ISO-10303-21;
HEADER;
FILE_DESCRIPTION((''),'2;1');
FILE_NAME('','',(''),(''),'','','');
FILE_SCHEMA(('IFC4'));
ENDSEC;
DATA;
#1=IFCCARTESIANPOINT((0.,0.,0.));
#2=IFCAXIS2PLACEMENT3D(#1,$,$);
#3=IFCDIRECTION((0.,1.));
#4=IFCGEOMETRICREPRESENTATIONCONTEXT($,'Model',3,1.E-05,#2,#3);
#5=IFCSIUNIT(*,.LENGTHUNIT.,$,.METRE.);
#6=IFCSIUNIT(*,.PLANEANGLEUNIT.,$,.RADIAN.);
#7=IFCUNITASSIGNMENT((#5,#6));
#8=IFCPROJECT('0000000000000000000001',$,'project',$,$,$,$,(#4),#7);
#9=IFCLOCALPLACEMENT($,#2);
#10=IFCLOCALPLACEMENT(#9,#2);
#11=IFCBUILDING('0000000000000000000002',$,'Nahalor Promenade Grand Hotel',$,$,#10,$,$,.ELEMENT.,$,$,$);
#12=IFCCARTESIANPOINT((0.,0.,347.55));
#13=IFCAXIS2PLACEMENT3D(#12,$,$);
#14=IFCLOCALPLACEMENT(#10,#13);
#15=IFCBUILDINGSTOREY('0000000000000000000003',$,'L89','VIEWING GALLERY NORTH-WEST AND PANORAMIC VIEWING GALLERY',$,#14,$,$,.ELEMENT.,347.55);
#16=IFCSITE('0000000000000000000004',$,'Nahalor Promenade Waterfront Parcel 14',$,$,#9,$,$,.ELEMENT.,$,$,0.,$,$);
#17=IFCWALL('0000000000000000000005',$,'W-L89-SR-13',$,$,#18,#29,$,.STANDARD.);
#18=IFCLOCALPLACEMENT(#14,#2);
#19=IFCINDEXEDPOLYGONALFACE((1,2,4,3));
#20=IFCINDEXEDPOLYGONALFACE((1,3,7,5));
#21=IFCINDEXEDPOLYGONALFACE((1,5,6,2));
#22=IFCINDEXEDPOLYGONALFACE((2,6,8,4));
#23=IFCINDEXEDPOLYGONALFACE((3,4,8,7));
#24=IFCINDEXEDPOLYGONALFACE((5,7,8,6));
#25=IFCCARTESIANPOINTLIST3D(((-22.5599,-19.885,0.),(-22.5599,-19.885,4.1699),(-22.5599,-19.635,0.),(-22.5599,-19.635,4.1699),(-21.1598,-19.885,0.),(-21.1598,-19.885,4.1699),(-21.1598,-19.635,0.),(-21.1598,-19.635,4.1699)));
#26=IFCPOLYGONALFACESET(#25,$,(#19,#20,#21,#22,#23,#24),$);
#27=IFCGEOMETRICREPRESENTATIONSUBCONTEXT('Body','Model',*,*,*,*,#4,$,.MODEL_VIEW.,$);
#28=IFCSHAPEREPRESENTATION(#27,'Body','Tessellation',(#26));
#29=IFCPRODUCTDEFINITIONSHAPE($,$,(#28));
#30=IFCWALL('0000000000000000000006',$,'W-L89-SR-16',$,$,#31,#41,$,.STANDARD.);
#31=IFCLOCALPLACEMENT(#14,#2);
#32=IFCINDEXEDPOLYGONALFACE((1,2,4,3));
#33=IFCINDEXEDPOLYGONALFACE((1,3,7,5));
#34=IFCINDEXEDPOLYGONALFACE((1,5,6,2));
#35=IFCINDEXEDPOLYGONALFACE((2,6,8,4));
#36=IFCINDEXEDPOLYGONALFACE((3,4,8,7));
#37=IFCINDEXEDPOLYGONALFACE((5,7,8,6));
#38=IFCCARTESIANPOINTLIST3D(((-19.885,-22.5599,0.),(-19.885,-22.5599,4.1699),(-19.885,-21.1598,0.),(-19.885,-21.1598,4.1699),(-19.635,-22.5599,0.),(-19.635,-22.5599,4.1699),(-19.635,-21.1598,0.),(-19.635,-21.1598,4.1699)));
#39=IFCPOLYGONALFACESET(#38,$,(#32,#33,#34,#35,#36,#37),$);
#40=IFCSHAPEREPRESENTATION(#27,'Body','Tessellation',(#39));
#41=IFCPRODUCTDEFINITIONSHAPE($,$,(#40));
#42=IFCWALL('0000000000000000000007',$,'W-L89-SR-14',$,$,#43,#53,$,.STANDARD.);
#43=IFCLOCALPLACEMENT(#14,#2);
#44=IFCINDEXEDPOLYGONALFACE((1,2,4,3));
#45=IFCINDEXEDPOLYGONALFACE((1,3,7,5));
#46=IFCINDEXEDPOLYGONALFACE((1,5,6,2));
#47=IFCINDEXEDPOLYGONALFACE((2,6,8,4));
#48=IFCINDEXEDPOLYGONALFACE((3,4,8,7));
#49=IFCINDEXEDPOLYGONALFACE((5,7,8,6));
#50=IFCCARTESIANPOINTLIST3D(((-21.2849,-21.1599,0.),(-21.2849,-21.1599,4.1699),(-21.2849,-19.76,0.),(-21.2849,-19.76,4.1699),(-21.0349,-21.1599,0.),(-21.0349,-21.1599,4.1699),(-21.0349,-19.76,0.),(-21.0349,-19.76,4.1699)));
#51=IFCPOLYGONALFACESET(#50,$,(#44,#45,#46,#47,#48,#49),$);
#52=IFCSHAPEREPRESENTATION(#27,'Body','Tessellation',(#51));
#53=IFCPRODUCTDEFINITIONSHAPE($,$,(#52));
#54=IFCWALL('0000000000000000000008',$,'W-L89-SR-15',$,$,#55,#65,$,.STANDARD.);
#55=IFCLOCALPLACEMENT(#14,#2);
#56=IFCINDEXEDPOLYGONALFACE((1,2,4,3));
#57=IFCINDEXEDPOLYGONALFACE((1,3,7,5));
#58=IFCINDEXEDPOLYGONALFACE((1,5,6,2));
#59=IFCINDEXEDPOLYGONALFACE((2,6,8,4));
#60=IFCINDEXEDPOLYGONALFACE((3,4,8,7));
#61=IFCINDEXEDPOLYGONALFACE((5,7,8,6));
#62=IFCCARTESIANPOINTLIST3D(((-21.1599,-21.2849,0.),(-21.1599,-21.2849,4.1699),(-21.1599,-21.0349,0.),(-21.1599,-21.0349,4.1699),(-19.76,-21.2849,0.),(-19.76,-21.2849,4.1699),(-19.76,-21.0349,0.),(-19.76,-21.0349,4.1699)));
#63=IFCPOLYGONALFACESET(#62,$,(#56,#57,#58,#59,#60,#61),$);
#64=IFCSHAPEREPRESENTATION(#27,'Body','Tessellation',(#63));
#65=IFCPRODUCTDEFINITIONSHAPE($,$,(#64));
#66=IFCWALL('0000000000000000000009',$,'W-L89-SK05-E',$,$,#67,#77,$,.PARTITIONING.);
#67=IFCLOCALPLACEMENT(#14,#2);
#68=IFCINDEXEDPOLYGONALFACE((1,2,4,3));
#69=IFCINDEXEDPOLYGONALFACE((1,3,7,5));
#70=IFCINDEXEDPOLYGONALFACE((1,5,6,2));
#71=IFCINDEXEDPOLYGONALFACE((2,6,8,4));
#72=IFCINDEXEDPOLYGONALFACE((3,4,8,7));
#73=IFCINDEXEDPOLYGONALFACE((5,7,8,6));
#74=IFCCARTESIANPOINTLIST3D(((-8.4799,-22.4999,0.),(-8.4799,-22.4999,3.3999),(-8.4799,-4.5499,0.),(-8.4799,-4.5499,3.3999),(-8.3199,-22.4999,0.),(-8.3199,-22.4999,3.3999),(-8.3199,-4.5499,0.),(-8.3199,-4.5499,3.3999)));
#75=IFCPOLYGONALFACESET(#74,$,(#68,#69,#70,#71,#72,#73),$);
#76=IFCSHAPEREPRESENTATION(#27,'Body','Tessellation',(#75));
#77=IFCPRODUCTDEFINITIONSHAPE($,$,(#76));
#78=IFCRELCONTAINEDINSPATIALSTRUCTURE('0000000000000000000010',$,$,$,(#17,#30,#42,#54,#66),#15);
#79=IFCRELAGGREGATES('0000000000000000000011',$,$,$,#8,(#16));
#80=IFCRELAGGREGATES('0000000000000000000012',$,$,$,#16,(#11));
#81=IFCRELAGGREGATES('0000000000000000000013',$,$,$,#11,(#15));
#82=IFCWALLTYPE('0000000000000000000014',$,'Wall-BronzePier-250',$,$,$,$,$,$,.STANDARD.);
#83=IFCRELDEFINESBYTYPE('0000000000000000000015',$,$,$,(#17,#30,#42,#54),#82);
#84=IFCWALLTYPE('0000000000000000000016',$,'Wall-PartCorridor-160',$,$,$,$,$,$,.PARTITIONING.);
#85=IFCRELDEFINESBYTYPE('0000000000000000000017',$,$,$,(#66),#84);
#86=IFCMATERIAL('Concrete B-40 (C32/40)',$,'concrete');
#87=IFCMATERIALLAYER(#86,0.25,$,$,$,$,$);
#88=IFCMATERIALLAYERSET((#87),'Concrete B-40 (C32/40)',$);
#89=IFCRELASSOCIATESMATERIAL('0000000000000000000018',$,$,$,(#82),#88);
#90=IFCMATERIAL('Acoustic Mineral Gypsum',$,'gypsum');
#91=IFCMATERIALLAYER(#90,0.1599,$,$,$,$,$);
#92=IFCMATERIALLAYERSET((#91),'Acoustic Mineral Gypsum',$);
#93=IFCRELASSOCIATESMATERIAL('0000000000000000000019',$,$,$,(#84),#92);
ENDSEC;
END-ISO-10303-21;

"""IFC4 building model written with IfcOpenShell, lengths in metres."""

from ifc_helpers import new_model, si_unit, direction, frame, frame_2d, origin, place, context, subcontext, project, spatial, rectangle, extrude, source, transform, mapped, material, layer, layer_set, type_object, element, save


model = new_model("IFC4")

# Units and contexts
model_context = context("Model", 3, precision=1e-05, world=origin(), true_north=direction((0.0, 1.0)))
body_context = subcontext(model_context, "Body", "Model", "MODEL_VIEW")
ifc_project = project(units=[si_unit("LENGTHUNIT", "METRE"), si_unit("PLANEANGLEUNIT", "RADIAN")], contexts=[model_context])

# Site, building, storey
site_placement = place(None, origin())
site = spatial("IfcSite", under=ifc_project, at=site_placement, Name="Nahalor Promenade Waterfront Parcel 14", CompositionType="ELEMENT", RefElevation=0.0)
building_placement = place(site_placement, origin())
building = spatial("IfcBuilding", under=site, at=building_placement, Name="Nahalor Promenade Grand Hotel", CompositionType="ELEMENT")
storey_placement = place(building_placement, frame((0.0, 0.0, 347.55)))
storey = spatial("IfcBuildingStorey", under=building, at=storey_placement, Name="L89", Description="VIEWING GALLERY NORTH-WEST AND PANORAMIC VIEWING GALLERY", CompositionType="ELEMENT", Elevation=347.55)

# Walls
ifc_material_1 = material(Name="Concrete B-40 (C32/40)", Category="concrete")
ifc_layer_1 = layer(ifc_material_1, 0.25)
ifc_layer_set_1 = layer_set([ifc_layer_1], Name="Concrete B-40 (C32/40)")
wall_type_1 = type_object("IfcWallType", Name="Wall-BronzePier-250", PredefinedType="STANDARD", material=ifc_layer_set_1)
shared_shape_1 = source(origin(), body_context, "Body", "SweptSolid", [
    extrude(rectangle(XDim=1.4001, YDim=0.25, at=frame_2d((0.7002, 0.0))), origin(), (0.0, 0.0, 1.0), 4.1699),
])
for number, where, z_axis, x_axis, name in (
    (1, (-22.5601, -19.76, 0.0), (0.0, 0.0, 1.0), (1.0, 0.0, 0.0), "W-L89-SR-13"),
    (2, (-19.76, -22.5601, 0.0), (0.0, 0.0, 1.0), (0.0, 1.0, 0.0), "W-L89-SR-16"),
):
    element("IfcWall", number, at=place(storey_placement, frame(where, z_axis=z_axis, x_axis=x_axis)), inside=storey, type_object=wall_type_1, Name=name, PredefinedType="STANDARD", context=body_context, shape_type="MappedRepresentation", body=[
        mapped(shared_shape_1, transform((0.0, 0.0, 0.0), scale=1.0)),
    ])
shared_shape_2 = source(origin(), body_context, "Body", "SweptSolid", [
    extrude(rectangle(XDim=1.3999, YDim=0.25, at=frame_2d((0.7, 0.0))), origin(), (0.0, 0.0, 1.0), 4.1699),
])
for number, where, z_axis, x_axis, name in (
    (3, (-21.1599, -21.1599, 0.0), (0.0, 0.0, 1.0), (0.0, 1.0, 0.0), "W-L89-SR-14"),
    (4, (-21.1599, -21.1599, 0.0), (0.0, 0.0, 1.0), (1.0, 0.0, 0.0), "W-L89-SR-15"),
):
    element("IfcWall", number, at=place(storey_placement, frame(where, z_axis=z_axis, x_axis=x_axis)), inside=storey, type_object=wall_type_1, Name=name, PredefinedType="STANDARD", context=body_context, shape_type="MappedRepresentation", body=[
        mapped(shared_shape_2, transform((0.0, 0.0, 0.0), scale=1.0)),
    ])
ifc_material_2 = material(Name="Acoustic Mineral Gypsum", Category="gypsum")
ifc_layer_2 = layer(ifc_material_2, 0.1599)
ifc_layer_set_2 = layer_set([ifc_layer_2], Name="Acoustic Mineral Gypsum")
wall_type_2 = type_object("IfcWallType", Name="Wall-PartCorridor-160", PredefinedType="PARTITIONING", material=ifc_layer_set_2)
shared_shape_3 = source(origin(), body_context, "Body", "SweptSolid", [
    extrude(rectangle(XDim=17.95, YDim=0.1599, at=frame_2d((8.9751, 0.0))), origin(), (0.0, 0.0, 1.0), 3.3999),
])
wall_placement = place(storey_placement, frame((-8.3999, -22.5, 0.0), z_axis=(0.0, 0.0, 1.0), x_axis=(0.0, 1.0, 0.0)))
element("IfcWall", 5, at=wall_placement, inside=storey, type_object=wall_type_2, Name="W-L89-SK05-E", PredefinedType="PARTITIONING", context=body_context, shape_type="MappedRepresentation", body=[
    mapped(shared_shape_3, transform((0.0, 0.0, 0.0), scale=1.0)),
])

save(model, "model.ifc")
